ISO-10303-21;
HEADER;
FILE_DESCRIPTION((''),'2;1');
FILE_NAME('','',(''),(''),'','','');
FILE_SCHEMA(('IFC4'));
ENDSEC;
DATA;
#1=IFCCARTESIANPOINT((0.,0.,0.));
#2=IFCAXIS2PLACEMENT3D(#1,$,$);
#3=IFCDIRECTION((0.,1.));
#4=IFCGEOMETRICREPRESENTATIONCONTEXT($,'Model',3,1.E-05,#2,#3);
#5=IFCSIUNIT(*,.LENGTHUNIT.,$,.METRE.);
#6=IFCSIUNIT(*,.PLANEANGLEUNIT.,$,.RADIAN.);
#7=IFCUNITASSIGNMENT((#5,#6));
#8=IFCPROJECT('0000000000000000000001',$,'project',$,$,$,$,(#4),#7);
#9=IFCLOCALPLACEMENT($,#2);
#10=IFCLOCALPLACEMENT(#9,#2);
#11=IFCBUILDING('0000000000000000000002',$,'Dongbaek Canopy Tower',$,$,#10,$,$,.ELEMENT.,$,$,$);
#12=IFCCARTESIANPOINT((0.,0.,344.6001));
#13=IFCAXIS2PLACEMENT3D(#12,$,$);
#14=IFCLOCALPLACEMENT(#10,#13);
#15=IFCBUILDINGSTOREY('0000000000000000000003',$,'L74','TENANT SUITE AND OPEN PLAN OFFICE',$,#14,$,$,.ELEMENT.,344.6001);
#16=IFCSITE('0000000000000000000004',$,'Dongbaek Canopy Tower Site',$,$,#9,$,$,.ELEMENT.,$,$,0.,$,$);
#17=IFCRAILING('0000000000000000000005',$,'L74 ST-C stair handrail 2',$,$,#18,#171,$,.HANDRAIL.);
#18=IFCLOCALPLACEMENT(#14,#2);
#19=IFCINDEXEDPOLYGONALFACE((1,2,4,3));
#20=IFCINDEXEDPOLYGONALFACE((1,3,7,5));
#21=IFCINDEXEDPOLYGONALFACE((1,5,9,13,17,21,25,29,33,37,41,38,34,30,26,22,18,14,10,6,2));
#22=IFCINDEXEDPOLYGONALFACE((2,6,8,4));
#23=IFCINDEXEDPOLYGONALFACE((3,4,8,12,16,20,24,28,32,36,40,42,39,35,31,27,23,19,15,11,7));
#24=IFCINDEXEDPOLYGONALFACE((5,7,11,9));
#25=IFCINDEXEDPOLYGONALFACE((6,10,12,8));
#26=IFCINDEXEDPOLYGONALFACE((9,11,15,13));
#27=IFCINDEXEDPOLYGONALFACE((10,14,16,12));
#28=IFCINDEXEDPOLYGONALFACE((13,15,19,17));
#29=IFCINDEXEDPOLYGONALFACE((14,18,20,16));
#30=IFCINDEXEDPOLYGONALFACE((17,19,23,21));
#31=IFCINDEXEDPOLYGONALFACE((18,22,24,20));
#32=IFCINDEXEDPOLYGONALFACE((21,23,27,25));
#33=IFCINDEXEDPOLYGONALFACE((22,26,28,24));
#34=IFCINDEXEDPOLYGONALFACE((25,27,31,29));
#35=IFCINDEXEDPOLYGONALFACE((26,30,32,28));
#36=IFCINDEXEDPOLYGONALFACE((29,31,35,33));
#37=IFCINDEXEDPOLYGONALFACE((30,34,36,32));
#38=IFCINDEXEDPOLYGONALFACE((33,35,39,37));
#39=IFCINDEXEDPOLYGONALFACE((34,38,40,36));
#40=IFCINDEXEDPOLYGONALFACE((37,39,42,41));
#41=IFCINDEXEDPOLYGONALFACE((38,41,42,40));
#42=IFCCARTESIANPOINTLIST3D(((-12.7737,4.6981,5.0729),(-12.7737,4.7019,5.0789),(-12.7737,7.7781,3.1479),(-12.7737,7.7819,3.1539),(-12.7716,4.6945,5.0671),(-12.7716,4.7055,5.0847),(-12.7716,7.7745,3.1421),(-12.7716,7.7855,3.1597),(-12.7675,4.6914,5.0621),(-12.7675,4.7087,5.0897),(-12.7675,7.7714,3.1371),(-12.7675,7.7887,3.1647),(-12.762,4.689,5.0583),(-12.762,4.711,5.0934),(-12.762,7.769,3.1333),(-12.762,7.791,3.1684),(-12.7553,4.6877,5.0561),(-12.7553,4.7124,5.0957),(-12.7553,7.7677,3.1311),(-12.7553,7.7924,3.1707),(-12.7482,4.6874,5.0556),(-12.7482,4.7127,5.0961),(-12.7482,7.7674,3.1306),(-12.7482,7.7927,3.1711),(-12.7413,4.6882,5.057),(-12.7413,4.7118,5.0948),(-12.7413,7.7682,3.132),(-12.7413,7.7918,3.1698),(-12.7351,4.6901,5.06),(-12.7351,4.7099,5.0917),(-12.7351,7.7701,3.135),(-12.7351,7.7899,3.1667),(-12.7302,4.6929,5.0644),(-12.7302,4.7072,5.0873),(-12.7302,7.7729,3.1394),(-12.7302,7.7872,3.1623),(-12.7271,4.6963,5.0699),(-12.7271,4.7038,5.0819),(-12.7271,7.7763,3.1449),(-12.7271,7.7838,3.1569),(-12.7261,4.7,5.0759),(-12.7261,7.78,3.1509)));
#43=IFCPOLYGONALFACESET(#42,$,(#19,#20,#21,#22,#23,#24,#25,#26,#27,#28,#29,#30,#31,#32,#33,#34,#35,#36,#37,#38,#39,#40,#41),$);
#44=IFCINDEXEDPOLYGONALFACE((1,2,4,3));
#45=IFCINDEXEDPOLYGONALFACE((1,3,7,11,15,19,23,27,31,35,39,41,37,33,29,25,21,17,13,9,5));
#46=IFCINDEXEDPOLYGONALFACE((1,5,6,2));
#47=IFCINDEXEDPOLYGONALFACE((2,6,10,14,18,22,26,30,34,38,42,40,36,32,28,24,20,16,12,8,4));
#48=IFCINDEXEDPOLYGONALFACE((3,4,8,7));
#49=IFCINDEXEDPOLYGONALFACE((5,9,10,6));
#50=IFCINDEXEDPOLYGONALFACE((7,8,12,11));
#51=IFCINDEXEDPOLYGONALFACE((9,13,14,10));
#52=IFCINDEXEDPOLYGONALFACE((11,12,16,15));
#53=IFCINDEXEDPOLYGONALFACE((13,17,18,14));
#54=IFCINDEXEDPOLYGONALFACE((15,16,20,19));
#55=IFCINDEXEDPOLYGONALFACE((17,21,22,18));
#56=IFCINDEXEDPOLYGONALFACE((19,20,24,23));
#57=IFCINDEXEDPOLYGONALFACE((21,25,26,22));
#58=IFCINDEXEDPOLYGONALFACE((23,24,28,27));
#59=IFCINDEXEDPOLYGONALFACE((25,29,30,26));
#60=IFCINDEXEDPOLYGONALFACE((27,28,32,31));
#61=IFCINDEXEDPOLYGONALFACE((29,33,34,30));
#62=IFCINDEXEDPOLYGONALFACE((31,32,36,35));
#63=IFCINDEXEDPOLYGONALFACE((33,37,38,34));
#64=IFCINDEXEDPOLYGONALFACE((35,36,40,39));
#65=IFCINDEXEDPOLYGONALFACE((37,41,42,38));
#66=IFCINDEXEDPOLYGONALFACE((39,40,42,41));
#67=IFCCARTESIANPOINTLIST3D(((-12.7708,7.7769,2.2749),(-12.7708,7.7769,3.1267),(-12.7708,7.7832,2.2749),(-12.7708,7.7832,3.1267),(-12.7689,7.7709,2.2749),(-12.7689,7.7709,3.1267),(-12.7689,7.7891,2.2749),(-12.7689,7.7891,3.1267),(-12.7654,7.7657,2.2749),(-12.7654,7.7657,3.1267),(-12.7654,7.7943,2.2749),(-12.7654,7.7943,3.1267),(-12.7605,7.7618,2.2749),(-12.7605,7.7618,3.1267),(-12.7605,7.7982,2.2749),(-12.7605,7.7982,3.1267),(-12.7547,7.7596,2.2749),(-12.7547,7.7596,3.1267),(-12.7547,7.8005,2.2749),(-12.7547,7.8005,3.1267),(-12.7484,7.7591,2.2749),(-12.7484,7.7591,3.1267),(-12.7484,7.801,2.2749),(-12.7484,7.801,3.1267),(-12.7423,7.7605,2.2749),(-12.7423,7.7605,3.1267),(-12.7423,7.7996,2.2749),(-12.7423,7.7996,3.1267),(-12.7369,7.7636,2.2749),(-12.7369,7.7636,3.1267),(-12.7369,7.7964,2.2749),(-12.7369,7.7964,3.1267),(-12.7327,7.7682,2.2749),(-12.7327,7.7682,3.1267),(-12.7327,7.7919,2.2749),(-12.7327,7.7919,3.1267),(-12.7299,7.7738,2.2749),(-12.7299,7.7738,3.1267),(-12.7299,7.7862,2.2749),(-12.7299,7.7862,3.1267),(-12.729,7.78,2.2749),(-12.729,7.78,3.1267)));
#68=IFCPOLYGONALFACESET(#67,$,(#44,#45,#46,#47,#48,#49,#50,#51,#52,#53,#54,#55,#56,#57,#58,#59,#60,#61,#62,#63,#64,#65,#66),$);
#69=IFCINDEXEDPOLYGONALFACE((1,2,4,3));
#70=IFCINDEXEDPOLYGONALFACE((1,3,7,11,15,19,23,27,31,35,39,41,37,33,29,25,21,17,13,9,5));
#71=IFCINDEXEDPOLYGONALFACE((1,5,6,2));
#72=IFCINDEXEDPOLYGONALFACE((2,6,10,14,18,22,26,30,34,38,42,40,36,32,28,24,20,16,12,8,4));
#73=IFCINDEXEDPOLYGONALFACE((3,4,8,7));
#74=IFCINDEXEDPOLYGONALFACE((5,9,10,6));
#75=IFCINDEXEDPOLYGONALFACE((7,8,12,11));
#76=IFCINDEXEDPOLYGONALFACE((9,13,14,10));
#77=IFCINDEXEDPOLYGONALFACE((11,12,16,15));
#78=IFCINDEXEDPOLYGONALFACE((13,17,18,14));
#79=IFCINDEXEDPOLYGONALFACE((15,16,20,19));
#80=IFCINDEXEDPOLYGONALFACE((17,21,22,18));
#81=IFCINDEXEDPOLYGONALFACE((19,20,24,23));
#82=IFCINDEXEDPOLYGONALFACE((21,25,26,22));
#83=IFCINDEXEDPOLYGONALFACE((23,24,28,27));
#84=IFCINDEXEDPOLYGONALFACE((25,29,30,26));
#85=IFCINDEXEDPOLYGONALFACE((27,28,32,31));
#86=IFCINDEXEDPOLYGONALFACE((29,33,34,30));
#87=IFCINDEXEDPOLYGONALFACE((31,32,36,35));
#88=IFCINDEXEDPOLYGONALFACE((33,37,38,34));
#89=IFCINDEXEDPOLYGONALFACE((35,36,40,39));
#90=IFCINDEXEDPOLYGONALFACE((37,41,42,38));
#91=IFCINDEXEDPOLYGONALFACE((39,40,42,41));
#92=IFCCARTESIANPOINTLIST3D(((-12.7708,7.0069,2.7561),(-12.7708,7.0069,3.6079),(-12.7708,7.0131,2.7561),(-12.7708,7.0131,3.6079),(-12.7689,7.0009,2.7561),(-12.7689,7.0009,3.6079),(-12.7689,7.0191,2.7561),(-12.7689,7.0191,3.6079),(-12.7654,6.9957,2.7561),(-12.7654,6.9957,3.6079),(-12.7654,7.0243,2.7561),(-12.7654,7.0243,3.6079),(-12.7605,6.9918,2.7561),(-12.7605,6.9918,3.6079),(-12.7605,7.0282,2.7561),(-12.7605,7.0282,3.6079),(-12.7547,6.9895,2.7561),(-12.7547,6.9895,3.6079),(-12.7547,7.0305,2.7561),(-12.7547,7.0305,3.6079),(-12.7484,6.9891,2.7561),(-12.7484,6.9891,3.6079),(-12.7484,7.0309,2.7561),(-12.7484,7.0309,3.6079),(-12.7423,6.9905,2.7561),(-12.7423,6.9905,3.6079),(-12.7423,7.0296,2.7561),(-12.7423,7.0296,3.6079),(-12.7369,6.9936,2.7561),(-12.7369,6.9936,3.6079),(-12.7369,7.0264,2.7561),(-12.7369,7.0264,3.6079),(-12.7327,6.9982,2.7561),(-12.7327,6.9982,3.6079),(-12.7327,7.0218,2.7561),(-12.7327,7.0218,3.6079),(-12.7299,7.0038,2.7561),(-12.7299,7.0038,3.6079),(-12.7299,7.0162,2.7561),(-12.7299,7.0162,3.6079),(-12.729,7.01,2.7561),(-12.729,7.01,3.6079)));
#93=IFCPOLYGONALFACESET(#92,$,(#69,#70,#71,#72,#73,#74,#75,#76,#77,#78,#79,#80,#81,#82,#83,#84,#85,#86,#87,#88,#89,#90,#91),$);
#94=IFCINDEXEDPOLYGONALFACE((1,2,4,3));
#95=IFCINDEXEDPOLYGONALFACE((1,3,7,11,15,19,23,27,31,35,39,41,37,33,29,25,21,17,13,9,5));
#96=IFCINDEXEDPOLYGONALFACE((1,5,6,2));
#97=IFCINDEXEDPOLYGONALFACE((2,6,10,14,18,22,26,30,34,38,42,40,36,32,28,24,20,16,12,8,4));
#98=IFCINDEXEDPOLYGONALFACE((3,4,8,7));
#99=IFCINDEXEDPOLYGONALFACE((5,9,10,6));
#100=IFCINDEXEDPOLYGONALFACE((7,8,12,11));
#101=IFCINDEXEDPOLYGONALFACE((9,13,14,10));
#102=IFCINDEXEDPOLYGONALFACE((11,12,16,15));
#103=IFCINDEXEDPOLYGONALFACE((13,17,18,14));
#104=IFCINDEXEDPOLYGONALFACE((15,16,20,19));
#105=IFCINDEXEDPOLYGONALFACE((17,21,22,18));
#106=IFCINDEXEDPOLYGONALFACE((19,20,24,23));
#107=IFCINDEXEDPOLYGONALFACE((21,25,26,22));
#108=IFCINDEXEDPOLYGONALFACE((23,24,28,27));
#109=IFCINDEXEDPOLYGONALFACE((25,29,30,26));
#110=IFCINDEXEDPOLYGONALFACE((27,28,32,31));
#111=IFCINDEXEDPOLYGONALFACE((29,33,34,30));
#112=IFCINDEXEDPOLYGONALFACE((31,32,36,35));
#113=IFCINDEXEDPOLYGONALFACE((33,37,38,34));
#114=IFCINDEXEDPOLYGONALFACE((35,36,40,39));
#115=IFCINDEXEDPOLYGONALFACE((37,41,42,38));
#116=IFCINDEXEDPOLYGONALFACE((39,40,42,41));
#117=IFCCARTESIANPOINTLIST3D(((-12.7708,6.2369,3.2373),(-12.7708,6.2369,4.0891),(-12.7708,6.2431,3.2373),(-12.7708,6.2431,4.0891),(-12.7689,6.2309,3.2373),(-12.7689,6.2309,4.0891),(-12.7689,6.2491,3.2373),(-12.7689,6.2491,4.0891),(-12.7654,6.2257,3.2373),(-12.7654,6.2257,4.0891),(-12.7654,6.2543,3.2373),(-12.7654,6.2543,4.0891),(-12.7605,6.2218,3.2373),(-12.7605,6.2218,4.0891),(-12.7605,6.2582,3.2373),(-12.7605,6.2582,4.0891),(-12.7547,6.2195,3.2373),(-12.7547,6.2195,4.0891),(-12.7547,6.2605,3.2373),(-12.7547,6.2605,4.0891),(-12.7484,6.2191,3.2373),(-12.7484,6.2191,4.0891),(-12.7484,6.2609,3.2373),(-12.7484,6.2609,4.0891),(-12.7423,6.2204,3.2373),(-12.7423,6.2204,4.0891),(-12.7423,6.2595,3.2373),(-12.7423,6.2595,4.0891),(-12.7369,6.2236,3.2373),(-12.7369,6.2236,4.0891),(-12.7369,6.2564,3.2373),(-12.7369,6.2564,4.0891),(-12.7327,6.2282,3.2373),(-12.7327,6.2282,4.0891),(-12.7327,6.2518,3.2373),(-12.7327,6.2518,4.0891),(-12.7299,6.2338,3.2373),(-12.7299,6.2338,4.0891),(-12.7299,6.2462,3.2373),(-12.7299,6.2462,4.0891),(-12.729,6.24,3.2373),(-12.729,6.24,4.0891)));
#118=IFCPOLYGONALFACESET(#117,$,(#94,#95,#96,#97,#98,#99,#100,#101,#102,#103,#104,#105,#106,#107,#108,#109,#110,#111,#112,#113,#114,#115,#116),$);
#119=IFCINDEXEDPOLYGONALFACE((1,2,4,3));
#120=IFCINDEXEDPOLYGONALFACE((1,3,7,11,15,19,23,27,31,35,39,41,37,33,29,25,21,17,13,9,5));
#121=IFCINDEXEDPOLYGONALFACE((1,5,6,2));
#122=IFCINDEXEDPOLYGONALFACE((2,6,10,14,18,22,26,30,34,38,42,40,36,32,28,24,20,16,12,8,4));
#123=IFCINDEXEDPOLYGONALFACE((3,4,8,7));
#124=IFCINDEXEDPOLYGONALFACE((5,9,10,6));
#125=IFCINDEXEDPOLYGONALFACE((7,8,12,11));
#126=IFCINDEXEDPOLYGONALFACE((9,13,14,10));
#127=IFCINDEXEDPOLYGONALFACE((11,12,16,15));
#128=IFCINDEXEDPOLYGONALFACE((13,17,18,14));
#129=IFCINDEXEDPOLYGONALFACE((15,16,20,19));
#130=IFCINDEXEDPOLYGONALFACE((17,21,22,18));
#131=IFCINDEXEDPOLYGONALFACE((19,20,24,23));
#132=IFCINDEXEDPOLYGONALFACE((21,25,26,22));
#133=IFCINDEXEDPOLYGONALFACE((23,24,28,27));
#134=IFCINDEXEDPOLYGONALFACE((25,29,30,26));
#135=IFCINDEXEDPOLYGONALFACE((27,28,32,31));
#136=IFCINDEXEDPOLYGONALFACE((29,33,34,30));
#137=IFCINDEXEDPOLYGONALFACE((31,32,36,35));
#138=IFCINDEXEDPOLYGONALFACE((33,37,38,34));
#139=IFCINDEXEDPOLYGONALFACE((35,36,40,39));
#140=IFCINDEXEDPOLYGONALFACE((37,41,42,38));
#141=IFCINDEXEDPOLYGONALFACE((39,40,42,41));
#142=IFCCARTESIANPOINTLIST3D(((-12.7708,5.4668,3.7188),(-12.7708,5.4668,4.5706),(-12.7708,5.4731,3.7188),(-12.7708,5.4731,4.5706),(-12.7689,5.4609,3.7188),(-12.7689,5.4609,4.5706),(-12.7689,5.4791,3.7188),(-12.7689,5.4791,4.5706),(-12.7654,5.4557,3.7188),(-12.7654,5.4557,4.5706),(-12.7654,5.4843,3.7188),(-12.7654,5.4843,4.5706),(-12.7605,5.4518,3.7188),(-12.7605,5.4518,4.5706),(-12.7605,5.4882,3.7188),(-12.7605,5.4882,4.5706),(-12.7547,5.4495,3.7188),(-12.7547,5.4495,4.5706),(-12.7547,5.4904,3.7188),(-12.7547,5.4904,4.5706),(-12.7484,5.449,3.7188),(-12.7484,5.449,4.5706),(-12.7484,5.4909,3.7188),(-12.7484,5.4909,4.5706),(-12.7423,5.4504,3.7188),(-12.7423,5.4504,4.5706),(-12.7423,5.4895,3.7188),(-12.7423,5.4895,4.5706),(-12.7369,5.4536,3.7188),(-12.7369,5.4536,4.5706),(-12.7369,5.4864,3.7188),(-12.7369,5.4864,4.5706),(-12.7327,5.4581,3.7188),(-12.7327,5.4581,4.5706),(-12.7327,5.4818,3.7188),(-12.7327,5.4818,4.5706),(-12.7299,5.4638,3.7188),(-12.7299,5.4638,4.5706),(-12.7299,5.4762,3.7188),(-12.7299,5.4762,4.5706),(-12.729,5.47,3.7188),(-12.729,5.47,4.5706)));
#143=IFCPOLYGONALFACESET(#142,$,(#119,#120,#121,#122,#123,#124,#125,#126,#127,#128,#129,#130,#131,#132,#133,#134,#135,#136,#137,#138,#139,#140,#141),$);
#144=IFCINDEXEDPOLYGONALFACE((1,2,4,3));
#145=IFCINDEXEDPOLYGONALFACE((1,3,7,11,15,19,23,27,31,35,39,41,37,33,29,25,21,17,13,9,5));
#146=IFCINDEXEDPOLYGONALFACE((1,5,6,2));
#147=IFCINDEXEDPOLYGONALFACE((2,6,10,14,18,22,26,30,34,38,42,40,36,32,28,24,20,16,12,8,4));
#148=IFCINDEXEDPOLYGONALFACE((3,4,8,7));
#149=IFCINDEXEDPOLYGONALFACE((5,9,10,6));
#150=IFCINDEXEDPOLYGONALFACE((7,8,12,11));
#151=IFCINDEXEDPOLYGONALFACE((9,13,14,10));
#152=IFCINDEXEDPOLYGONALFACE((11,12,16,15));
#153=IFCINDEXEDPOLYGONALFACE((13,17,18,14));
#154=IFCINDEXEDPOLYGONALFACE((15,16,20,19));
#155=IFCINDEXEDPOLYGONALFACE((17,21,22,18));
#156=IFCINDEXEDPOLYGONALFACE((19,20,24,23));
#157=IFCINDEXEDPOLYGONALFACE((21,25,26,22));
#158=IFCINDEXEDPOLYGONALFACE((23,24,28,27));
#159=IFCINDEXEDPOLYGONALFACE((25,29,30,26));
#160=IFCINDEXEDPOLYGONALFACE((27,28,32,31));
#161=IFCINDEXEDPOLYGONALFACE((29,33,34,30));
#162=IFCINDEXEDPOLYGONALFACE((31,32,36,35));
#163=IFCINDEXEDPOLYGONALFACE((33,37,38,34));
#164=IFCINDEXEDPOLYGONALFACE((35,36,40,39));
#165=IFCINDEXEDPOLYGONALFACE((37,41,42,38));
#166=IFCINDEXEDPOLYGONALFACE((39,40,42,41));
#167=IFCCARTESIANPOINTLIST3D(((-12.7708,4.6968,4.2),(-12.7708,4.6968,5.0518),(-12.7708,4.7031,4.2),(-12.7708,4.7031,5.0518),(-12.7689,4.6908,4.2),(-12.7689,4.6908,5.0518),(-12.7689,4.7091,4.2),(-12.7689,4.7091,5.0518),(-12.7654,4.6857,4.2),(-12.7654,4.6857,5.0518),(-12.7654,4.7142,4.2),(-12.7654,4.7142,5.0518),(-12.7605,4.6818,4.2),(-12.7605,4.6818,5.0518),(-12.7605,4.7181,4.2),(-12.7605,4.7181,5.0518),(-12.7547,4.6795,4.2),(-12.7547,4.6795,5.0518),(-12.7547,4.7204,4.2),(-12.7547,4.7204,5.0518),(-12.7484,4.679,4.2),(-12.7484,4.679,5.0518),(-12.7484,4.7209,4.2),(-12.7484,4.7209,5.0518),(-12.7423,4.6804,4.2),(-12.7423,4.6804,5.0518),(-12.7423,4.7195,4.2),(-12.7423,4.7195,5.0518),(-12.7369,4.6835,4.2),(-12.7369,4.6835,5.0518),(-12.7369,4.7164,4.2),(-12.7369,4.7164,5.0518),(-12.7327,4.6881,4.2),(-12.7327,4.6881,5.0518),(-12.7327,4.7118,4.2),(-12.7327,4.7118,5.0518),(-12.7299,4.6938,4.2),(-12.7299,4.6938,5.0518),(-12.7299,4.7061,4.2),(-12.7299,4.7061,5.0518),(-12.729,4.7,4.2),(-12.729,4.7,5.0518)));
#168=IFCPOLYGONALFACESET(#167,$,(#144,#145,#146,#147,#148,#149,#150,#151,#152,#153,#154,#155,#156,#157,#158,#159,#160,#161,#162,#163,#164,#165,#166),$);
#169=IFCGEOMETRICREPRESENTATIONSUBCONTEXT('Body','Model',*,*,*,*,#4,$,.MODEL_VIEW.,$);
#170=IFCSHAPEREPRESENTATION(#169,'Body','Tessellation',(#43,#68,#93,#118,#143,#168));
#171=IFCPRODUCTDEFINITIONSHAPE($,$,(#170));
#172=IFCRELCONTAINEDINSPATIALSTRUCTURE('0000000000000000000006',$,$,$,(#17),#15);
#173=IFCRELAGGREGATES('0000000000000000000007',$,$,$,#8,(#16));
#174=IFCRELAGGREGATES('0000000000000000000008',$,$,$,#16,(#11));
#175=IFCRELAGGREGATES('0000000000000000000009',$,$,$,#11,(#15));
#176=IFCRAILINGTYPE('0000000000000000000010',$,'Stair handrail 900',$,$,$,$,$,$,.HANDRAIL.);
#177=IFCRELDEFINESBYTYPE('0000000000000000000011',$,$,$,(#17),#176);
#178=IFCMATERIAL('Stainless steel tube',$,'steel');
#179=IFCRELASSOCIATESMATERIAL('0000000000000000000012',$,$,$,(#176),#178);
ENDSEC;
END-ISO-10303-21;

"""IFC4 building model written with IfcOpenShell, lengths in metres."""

from ifc_helpers import new_model, si_unit, direction, frame, origin, origin_2d, place, context, subcontext, project, spatial, circle, extrude, material, type_object, element, save


model = new_model("IFC4")

# Units and contexts
model_context = context("Model", 3, precision=1e-05, world=origin(), true_north=direction((0.0, 1.0)))
body_context = subcontext(model_context, "Body", "Model", "MODEL_VIEW")
ifc_project = project(units=[si_unit("LENGTHUNIT", "METRE"), si_unit("PLANEANGLEUNIT", "RADIAN")], contexts=[model_context])

# Site, building, storey
site_placement = place(None, origin())
site = spatial("IfcSite", under=ifc_project, at=site_placement, Name="Dongbaek Canopy Tower Site", CompositionType="ELEMENT", RefElevation=0.0)
building_placement = place(site_placement, origin())
building = spatial("IfcBuilding", under=site, at=building_placement, Name="Dongbaek Canopy Tower", CompositionType="ELEMENT")
storey_placement = place(building_placement, frame((0.0, 0.0, 344.6001)))
storey = spatial("IfcBuildingStorey", under=building, at=storey_placement, Name="L74", Description="TENANT SUITE AND OPEN PLAN OFFICE", CompositionType="ELEMENT", Elevation=344.6001)

# Railing
ifc_material_1 = material(Name="Stainless steel tube", Category="steel")
railing_type_1 = type_object("IfcRailingType", Name="Stair handrail 900", PredefinedType="HANDRAIL", material=ifc_material_1)
railing_1_placement = place(storey_placement, frame((-12.75, 7.78, 2.2749)))
element("IfcRailing", 1, at=railing_1_placement, inside=storey, type_object=railing_type_1, Name="L74 ST-C stair handrail 2", PredefinedType="HANDRAIL", context=body_context, shape_type="SweptSolid", body=[
    extrude(circle(Radius=0.0239, at=origin_2d()), frame((0.0, 0.0, 0.876), z_axis=(0.0, -0.847998, 0.529999), x_axis=(1.0, 0.0, 0.0)), (0.0, 0.0, 1.0), 3.6321),
    extrude(circle(Radius=0.021, at=origin_2d()), origin(), (0.0, 0.0, 1.0), 0.8518),
    extrude(circle(Radius=0.021, at=origin_2d()), frame((0.0, -0.77, 0.4812)), (0.0, 0.0, 1.0), 0.8518),
    extrude(circle(Radius=0.021, at=origin_2d()), frame((0.0, -1.54, 0.9624)), (0.0, 0.0, 1.0), 0.8518),
    extrude(circle(Radius=0.021, at=origin_2d()), frame((0.0, -2.3101, 1.4438)), (0.0, 0.0, 1.0), 0.8518),
    extrude(circle(Radius=0.021, at=origin_2d()), frame((0.0, -3.0801, 1.925)), (0.0, 0.0, 1.0), 0.8518),
])

save(model, "model.ifc")
